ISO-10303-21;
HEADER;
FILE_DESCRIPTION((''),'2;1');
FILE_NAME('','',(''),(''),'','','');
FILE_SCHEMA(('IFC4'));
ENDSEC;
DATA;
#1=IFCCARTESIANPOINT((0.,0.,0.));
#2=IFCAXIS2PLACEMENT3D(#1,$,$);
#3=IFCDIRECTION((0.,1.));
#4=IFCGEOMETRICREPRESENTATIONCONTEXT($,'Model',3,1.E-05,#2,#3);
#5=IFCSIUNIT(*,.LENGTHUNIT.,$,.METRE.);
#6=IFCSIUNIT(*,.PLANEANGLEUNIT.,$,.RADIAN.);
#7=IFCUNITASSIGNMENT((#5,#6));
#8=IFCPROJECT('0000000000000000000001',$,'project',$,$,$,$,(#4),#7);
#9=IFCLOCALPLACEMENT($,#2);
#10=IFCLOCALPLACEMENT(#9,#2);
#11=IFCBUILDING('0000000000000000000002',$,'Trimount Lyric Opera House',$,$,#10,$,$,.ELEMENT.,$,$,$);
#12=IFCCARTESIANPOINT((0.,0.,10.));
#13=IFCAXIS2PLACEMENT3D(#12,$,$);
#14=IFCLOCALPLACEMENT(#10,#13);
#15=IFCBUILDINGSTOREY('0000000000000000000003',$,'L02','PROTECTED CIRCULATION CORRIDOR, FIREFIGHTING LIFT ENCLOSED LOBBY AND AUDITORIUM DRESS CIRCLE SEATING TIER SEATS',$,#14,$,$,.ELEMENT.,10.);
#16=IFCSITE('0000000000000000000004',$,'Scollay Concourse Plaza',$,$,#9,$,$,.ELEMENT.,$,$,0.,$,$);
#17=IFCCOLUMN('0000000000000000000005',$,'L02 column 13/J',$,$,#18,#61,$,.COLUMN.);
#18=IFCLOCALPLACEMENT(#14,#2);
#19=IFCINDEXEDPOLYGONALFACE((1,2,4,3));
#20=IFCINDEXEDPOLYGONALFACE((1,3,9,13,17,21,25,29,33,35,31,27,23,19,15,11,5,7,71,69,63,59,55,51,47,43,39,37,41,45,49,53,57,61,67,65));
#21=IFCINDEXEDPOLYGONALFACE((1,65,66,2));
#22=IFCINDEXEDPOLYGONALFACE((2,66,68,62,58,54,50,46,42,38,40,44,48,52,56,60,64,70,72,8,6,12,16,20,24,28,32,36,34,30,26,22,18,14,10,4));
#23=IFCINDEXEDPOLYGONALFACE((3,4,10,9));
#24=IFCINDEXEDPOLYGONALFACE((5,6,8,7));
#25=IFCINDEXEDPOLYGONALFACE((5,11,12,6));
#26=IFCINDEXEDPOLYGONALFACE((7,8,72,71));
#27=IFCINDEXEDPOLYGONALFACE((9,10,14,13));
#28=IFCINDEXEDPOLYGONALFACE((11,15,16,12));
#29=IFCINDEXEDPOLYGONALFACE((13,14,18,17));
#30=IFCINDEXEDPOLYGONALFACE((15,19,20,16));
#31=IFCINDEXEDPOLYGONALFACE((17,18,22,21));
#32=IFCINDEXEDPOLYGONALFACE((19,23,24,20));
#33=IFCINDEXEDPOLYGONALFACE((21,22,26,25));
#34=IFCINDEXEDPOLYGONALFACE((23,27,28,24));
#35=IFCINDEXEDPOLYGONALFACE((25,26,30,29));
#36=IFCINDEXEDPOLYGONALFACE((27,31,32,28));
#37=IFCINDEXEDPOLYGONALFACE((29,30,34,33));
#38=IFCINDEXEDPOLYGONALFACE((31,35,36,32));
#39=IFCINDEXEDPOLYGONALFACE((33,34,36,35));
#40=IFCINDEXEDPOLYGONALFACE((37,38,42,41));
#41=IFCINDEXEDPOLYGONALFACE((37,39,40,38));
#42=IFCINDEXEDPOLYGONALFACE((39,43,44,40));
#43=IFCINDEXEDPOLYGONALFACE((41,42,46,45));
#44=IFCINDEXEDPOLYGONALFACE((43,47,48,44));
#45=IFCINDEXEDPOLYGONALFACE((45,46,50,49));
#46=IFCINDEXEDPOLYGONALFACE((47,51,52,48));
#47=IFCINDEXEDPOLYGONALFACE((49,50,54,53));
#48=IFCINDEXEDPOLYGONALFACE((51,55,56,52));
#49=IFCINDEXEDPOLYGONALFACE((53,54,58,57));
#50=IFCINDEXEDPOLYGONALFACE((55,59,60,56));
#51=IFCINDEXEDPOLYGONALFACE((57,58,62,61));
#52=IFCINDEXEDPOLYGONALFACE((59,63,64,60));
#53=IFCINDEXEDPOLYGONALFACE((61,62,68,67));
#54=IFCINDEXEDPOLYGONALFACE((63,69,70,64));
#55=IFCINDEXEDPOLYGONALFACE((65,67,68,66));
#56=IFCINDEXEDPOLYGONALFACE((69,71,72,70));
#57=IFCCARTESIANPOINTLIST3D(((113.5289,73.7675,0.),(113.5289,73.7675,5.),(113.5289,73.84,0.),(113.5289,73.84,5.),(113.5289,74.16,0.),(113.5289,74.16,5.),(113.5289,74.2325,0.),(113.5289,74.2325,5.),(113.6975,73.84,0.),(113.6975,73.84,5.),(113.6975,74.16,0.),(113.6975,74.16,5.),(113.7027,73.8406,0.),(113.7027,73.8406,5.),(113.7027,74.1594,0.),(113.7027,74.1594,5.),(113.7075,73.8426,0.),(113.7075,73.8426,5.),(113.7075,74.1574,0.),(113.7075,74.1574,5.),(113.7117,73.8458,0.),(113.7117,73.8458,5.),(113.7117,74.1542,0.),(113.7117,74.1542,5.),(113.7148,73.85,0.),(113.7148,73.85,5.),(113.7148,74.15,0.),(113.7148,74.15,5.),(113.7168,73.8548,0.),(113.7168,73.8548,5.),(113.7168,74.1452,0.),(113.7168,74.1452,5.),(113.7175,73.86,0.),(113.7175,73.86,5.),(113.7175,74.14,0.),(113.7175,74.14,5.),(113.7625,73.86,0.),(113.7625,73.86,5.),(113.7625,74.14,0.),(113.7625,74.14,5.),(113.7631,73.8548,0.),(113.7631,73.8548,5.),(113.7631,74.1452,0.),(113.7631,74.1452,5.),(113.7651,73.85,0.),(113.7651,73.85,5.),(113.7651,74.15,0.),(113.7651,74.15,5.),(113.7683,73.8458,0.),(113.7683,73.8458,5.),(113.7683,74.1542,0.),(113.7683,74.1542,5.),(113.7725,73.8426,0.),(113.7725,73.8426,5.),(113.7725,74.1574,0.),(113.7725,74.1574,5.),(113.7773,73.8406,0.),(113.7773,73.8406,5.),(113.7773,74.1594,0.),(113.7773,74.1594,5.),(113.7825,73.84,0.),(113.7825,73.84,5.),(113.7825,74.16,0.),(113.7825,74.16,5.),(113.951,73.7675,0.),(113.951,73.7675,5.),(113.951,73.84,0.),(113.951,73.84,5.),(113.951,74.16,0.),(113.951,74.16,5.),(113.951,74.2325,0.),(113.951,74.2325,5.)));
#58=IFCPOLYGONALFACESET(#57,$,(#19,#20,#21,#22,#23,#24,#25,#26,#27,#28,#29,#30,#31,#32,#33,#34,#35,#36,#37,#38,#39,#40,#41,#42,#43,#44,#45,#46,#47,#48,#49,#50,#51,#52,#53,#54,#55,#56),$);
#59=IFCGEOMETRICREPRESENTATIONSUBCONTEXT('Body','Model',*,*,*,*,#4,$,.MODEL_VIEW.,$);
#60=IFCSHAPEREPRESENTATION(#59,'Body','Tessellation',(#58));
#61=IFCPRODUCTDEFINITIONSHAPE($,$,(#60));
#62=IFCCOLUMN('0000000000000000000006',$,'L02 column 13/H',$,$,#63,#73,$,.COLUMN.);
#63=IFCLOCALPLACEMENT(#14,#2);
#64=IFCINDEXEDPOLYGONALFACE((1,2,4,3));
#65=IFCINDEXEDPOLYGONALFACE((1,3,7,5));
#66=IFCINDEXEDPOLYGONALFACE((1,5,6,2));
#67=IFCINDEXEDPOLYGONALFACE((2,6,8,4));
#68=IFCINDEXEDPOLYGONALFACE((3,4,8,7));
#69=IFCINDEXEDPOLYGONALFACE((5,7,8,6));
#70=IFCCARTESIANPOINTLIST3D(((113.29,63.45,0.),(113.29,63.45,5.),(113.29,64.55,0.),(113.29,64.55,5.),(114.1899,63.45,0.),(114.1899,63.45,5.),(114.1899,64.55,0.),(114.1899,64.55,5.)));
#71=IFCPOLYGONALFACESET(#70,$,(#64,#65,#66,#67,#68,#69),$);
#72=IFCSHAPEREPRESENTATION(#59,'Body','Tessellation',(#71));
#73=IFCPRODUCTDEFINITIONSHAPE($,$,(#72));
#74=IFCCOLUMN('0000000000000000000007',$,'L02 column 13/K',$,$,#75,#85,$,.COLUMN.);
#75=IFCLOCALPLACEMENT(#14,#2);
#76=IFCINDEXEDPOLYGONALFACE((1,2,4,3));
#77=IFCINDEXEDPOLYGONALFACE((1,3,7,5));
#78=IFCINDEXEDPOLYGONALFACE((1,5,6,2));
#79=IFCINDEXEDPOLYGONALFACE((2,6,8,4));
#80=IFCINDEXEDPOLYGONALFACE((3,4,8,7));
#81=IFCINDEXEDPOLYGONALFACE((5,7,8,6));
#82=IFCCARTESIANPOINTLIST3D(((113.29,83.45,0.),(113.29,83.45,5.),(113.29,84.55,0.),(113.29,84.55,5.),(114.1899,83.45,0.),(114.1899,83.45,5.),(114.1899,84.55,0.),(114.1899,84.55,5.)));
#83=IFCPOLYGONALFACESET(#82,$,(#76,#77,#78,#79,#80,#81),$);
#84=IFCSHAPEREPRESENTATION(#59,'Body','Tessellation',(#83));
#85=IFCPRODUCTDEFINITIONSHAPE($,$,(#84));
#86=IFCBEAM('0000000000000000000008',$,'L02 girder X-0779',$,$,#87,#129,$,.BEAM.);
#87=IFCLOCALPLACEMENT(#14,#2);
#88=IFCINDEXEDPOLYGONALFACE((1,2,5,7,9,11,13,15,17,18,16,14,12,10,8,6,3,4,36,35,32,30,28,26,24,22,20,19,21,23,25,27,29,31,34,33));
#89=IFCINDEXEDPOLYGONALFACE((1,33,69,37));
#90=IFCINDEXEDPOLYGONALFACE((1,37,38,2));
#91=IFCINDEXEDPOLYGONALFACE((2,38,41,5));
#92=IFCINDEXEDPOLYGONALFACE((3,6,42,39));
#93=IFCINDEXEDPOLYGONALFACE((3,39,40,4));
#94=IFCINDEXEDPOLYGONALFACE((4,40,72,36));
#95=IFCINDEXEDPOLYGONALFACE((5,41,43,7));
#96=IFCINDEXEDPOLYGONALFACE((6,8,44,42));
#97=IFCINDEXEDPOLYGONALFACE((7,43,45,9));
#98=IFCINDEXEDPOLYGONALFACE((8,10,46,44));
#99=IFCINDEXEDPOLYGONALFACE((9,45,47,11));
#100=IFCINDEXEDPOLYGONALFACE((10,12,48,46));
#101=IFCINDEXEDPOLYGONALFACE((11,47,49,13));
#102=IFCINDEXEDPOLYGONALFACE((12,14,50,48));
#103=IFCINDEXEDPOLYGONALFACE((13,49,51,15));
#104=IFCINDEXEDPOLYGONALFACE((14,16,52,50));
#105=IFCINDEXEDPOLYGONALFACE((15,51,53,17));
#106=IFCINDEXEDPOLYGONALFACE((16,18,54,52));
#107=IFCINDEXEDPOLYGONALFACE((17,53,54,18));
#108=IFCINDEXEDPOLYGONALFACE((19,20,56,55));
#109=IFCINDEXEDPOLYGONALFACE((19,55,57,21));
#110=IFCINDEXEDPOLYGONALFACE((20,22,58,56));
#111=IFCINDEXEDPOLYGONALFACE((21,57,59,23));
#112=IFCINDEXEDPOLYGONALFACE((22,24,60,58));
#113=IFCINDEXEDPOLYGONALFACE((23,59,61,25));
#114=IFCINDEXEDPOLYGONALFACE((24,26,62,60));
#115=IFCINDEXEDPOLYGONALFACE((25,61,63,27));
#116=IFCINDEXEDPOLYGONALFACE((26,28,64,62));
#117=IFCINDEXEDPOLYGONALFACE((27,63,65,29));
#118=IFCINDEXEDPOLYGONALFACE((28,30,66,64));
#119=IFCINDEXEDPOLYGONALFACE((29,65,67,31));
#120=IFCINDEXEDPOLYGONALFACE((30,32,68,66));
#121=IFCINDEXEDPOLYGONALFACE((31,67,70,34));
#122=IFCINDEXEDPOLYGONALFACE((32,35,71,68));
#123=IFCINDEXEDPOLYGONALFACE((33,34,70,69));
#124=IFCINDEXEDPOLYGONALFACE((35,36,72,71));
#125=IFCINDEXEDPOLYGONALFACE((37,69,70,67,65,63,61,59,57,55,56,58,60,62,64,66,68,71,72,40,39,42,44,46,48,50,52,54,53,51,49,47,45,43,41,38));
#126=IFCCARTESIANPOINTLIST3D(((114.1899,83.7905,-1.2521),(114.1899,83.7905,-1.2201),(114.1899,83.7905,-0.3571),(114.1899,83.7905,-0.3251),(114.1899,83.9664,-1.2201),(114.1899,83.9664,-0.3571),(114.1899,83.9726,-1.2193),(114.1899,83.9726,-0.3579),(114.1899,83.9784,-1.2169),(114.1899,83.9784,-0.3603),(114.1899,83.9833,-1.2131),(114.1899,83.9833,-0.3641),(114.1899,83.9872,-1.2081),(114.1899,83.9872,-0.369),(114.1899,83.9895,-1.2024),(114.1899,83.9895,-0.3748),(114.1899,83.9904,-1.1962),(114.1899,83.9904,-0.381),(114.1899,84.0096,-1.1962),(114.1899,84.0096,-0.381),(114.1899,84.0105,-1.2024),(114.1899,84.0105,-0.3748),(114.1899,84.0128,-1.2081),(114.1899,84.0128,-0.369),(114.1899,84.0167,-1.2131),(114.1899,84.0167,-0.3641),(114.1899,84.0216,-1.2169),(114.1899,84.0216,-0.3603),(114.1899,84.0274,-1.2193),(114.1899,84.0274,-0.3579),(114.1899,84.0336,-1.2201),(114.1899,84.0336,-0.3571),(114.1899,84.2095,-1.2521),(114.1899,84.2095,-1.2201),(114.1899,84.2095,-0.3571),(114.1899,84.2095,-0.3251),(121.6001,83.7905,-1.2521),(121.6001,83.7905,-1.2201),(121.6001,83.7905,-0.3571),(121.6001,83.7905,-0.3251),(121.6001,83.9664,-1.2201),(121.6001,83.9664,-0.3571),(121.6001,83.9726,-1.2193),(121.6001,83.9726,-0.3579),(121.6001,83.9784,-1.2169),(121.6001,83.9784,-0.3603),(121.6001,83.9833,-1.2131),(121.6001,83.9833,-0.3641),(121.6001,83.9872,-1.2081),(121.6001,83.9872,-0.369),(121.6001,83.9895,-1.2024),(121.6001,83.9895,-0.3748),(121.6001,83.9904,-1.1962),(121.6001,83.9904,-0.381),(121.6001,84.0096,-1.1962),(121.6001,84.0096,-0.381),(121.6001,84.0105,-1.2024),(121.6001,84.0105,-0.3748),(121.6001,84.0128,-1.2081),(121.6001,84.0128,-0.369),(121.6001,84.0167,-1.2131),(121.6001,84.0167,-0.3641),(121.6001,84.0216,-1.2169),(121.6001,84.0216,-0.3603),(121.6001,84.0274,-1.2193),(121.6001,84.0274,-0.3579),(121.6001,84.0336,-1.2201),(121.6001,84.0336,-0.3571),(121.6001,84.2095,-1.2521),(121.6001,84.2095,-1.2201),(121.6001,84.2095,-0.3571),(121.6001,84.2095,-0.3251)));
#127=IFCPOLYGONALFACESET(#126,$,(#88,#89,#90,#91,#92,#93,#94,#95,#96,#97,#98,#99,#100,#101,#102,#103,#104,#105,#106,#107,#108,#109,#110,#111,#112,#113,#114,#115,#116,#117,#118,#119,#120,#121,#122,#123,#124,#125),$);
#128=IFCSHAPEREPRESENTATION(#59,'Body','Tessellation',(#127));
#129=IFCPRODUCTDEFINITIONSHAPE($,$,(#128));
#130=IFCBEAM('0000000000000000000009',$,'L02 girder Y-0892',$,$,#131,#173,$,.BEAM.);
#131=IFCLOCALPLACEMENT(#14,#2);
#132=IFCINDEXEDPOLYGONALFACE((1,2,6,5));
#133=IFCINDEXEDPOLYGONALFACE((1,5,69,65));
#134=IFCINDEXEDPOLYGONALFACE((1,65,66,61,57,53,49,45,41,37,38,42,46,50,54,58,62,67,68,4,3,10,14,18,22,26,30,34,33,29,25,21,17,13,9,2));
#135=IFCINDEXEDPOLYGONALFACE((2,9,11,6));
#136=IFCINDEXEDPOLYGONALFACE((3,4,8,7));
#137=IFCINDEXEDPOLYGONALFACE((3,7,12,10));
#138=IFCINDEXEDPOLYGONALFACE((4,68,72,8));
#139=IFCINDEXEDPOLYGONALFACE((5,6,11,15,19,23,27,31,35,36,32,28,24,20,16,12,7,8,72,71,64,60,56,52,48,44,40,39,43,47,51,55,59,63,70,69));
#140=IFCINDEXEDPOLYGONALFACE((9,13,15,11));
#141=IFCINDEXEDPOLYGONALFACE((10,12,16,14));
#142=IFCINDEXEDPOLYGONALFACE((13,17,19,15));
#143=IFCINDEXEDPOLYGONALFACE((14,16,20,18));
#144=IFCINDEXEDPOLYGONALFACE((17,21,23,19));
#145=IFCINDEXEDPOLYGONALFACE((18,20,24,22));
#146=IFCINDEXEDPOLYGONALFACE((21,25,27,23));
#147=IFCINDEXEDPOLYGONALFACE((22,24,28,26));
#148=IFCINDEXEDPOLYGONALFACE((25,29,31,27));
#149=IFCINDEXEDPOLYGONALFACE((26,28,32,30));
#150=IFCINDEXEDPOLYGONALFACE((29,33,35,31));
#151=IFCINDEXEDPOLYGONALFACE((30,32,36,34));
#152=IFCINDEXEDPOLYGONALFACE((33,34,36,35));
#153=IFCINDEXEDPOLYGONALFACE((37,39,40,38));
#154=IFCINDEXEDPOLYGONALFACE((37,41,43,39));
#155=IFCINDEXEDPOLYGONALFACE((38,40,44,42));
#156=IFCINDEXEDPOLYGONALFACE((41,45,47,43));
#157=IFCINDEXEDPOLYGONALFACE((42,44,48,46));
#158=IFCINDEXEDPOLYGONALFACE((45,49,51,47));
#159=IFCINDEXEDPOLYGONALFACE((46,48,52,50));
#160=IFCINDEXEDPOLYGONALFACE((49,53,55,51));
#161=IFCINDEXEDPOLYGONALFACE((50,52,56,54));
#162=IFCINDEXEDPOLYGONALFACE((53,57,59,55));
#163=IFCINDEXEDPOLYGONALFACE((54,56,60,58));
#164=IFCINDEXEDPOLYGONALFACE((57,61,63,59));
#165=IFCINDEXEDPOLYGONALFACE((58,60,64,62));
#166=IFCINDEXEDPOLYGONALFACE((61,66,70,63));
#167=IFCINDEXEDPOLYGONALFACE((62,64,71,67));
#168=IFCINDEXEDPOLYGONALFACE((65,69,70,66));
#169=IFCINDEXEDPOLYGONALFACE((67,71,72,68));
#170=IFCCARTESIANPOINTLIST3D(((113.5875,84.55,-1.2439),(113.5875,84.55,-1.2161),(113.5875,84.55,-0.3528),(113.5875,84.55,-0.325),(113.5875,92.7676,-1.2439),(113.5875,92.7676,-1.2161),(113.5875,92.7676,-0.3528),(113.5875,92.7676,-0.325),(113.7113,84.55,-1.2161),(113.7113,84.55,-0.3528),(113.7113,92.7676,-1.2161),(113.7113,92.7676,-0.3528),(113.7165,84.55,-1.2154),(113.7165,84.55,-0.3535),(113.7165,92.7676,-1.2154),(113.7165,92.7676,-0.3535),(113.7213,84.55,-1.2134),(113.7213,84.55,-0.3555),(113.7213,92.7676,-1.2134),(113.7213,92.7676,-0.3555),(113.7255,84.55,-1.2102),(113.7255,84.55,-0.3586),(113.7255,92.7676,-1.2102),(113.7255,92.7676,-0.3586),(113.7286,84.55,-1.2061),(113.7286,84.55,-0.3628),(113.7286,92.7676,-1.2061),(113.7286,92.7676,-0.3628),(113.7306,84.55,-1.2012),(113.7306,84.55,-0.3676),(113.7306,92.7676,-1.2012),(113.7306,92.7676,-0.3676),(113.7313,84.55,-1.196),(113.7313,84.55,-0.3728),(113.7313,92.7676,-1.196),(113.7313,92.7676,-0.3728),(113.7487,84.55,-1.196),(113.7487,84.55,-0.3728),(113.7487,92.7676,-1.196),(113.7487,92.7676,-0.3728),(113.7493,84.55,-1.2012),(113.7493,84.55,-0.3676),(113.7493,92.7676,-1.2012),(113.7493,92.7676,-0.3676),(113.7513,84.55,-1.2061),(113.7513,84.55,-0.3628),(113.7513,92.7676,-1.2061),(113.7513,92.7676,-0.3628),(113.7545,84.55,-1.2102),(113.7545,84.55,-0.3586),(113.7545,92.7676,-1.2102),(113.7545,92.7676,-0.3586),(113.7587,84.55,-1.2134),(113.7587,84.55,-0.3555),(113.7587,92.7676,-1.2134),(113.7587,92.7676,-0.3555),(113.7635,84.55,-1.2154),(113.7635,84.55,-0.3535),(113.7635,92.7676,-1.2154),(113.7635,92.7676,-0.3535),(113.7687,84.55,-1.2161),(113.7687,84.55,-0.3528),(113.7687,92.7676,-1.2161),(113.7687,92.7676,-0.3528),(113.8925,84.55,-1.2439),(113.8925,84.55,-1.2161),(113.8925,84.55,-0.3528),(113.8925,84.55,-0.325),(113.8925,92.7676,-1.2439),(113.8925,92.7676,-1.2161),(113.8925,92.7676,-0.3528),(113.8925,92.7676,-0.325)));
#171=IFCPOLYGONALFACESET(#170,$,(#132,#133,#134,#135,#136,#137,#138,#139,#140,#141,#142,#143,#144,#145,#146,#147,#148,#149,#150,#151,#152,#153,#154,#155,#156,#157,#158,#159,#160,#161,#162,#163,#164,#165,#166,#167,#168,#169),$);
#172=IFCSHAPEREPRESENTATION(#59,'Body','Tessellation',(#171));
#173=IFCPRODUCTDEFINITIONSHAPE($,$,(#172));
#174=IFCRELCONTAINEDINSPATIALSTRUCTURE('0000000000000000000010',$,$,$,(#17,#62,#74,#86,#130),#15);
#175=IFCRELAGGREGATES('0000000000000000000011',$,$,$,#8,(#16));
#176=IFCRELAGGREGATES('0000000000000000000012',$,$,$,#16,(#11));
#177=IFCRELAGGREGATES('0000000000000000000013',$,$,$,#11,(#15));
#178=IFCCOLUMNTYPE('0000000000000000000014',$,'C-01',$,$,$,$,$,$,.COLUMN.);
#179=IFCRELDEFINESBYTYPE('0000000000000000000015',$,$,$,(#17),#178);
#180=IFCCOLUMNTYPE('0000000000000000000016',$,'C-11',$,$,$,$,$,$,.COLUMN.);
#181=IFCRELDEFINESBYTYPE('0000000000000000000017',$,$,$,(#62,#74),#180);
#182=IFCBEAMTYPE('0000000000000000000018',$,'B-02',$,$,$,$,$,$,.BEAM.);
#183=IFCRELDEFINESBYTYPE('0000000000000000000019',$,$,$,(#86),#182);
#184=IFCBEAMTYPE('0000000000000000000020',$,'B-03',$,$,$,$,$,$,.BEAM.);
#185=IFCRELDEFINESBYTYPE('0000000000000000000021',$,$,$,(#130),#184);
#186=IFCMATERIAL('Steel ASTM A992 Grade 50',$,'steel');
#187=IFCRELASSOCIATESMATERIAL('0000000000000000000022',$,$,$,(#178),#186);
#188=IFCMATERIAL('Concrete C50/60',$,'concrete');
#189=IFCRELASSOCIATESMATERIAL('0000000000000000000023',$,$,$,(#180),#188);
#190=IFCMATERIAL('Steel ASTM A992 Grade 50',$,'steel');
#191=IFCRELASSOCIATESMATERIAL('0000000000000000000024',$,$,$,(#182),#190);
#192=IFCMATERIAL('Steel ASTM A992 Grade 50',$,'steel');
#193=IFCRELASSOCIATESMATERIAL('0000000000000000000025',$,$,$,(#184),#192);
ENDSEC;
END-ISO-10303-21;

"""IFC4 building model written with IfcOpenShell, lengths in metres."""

from ifc_helpers import new_model, si_unit, direction, frame, origin, origin_2d, place, context, subcontext, project, spatial, rectangle, i_section, extrude, material, material_profile, profile_set, type_object, element, save


model = new_model("IFC4")

# Units and contexts
model_context = context("Model", 3, precision=1e-05, world=origin(), true_north=direction((0.0, 1.0)))
body_context = subcontext(model_context, "Body", "Model", "MODEL_VIEW")
ifc_project = project(units=[si_unit("LENGTHUNIT", "METRE"), si_unit("PLANEANGLEUNIT", "RADIAN")], contexts=[model_context])

# Site, building, storey
site_placement = place(None, origin())
site = spatial("IfcSite", under=ifc_project, at=site_placement, Name="Scollay Concourse Plaza", CompositionType="ELEMENT", RefElevation=0.0)
building_placement = place(site_placement, origin())
building = spatial("IfcBuilding", under=site, at=building_placement, Name="Trimount Lyric Opera House", CompositionType="ELEMENT")
storey_placement = place(building_placement, frame((0.0, 0.0, 10.0)))
storey = spatial("IfcBuildingStorey", under=building, at=storey_placement, Name="L02", Description="PROTECTED CIRCULATION CORRIDOR, FIREFIGHTING LIFT ENCLOSED LOBBY AND AUDITORIUM DRESS CIRCLE SEATING TIER SEATS", CompositionType="ELEMENT", Elevation=10.0)

# Columns
ifc_material_1 = material(Name="Steel ASTM A992 Grade 50", Category="steel")
ifc_material_profile_1 = material_profile(ifc_material_1, i_section(OverallWidth=0.4221, OverallDepth=0.4651, WebThickness=0.0449, FlangeThickness=0.0725, FilletRadius=0.02, at=origin_2d()), Name="W14X398")
ifc_profile_set_1 = profile_set([ifc_material_profile_1], Name="Steel ASTM A992 Grade 50")
column_type_1 = type_object("IfcColumnType", Name="C-01", PredefinedType="COLUMN", material=ifc_profile_set_1)
column_placement = place(storey_placement, frame((113.74, 74.0, 0.0), z_axis=(0.0, 0.0, 1.0), x_axis=(1.0, 0.0, 0.0)))
element("IfcColumn", 1, at=column_placement, inside=storey, type_object=column_type_1, Name="L02 column 13/J", PredefinedType="COLUMN", context=body_context, shape_type="SweptSolid", body=[
    extrude(i_section(OverallWidth=0.4221, OverallDepth=0.4651, WebThickness=0.0449, FlangeThickness=0.0725, FilletRadius=0.02, at=origin_2d()), origin(), (0.0, 0.0, 1.0), 5.0),
])
ifc_material_2 = material(Name="Concrete C50/60", Category="concrete")
ifc_material_profile_2 = material_profile(ifc_material_2, rectangle(XDim=0.8999, YDim=1.1001, at=origin_2d()), Name="RC1100X900")
ifc_profile_set_2 = profile_set([ifc_material_profile_2], Name="Concrete C50/60")
column_type_2 = type_object("IfcColumnType", Name="C-11", PredefinedType="COLUMN", material=ifc_profile_set_2)
for number, where, z_axis, x_axis, name in (
    (2, (113.74, 64.0, 0.0), (0.0, 0.0, 1.0), (1.0, 0.0, 0.0), "L02 column 13/H"),
    (3, (113.74, 84.0, 0.0), (0.0, 0.0, 1.0), (1.0, 0.0, 0.0), "L02 column 13/K"),
):
    element("IfcColumn", number, at=place(storey_placement, frame(where, z_axis=z_axis, x_axis=x_axis)), inside=storey, type_object=column_type_2, Name=name, PredefinedType="COLUMN", context=body_context, shape_type="SweptSolid", body=[
        extrude(rectangle(XDim=0.8999, YDim=1.1001, at=origin_2d()), origin(), (0.0, 0.0, 1.0), 5.0),
    ])

# Beams
ifc_material_3 = material(Name="Steel ASTM A992 Grade 50", Category="steel")
ifc_material_profile_3 = material_profile(ifc_material_3, i_section(OverallWidth=0.4189, OverallDepth=0.927, WebThickness=0.0193, FlangeThickness=0.032, FilletRadius=0.0239, at=origin_2d()), Name="W36X231")
ifc_profile_set_3 = profile_set([ifc_material_profile_3], Name="Steel ASTM A992 Grade 50")
beam_type_1 = type_object("IfcBeamType", Name="B-02", PredefinedType="BEAM", material=ifc_profile_set_3)
beam_1_placement = place(storey_placement, frame((114.1899, 84.0, -0.7886), z_axis=(1.0, 0.0, 0.0), x_axis=(0.0, 1.0, 0.0)))
element("IfcBeam", 4, at=beam_1_placement, inside=storey, type_object=beam_type_1, Name="L02 girder X-0779", PredefinedType="BEAM", context=body_context, shape_type="SweptSolid", body=[
    extrude(i_section(OverallWidth=0.4189, OverallDepth=0.927, WebThickness=0.0193, FlangeThickness=0.032, FilletRadius=0.0239, at=origin_2d()), origin(), (0.0, 0.0, 1.0), 7.4102),
])
ifc_material_4 = material(Name="Steel ASTM A992 Grade 50", Category="steel")
ifc_material_profile_4 = material_profile(ifc_material_4, i_section(OverallWidth=0.3049, OverallDepth=0.9189, WebThickness=0.0173, FlangeThickness=0.0278, FilletRadius=0.02, at=origin_2d()), Name="W36X170")
ifc_profile_set_4 = profile_set([ifc_material_profile_4], Name="Steel ASTM A992 Grade 50")
beam_type_2 = type_object("IfcBeamType", Name="B-03", PredefinedType="BEAM", material=ifc_profile_set_4)
beam_2_placement = place(storey_placement, frame((113.74, 84.55, -0.7844), z_axis=(0.0, 1.0, 0.0), x_axis=(-1.0, 0.0, 0.0)))
element("IfcBeam", 5, at=beam_2_placement, inside=storey, type_object=beam_type_2, Name="L02 girder Y-0892", PredefinedType="BEAM", context=body_context, shape_type="SweptSolid", body=[
    extrude(i_section(OverallWidth=0.3049, OverallDepth=0.9189, WebThickness=0.0173, FlangeThickness=0.0278, FilletRadius=0.02, at=origin_2d()), origin(), (0.0, 0.0, 1.0), 8.2175),
])

save(model, "model.ifc")
